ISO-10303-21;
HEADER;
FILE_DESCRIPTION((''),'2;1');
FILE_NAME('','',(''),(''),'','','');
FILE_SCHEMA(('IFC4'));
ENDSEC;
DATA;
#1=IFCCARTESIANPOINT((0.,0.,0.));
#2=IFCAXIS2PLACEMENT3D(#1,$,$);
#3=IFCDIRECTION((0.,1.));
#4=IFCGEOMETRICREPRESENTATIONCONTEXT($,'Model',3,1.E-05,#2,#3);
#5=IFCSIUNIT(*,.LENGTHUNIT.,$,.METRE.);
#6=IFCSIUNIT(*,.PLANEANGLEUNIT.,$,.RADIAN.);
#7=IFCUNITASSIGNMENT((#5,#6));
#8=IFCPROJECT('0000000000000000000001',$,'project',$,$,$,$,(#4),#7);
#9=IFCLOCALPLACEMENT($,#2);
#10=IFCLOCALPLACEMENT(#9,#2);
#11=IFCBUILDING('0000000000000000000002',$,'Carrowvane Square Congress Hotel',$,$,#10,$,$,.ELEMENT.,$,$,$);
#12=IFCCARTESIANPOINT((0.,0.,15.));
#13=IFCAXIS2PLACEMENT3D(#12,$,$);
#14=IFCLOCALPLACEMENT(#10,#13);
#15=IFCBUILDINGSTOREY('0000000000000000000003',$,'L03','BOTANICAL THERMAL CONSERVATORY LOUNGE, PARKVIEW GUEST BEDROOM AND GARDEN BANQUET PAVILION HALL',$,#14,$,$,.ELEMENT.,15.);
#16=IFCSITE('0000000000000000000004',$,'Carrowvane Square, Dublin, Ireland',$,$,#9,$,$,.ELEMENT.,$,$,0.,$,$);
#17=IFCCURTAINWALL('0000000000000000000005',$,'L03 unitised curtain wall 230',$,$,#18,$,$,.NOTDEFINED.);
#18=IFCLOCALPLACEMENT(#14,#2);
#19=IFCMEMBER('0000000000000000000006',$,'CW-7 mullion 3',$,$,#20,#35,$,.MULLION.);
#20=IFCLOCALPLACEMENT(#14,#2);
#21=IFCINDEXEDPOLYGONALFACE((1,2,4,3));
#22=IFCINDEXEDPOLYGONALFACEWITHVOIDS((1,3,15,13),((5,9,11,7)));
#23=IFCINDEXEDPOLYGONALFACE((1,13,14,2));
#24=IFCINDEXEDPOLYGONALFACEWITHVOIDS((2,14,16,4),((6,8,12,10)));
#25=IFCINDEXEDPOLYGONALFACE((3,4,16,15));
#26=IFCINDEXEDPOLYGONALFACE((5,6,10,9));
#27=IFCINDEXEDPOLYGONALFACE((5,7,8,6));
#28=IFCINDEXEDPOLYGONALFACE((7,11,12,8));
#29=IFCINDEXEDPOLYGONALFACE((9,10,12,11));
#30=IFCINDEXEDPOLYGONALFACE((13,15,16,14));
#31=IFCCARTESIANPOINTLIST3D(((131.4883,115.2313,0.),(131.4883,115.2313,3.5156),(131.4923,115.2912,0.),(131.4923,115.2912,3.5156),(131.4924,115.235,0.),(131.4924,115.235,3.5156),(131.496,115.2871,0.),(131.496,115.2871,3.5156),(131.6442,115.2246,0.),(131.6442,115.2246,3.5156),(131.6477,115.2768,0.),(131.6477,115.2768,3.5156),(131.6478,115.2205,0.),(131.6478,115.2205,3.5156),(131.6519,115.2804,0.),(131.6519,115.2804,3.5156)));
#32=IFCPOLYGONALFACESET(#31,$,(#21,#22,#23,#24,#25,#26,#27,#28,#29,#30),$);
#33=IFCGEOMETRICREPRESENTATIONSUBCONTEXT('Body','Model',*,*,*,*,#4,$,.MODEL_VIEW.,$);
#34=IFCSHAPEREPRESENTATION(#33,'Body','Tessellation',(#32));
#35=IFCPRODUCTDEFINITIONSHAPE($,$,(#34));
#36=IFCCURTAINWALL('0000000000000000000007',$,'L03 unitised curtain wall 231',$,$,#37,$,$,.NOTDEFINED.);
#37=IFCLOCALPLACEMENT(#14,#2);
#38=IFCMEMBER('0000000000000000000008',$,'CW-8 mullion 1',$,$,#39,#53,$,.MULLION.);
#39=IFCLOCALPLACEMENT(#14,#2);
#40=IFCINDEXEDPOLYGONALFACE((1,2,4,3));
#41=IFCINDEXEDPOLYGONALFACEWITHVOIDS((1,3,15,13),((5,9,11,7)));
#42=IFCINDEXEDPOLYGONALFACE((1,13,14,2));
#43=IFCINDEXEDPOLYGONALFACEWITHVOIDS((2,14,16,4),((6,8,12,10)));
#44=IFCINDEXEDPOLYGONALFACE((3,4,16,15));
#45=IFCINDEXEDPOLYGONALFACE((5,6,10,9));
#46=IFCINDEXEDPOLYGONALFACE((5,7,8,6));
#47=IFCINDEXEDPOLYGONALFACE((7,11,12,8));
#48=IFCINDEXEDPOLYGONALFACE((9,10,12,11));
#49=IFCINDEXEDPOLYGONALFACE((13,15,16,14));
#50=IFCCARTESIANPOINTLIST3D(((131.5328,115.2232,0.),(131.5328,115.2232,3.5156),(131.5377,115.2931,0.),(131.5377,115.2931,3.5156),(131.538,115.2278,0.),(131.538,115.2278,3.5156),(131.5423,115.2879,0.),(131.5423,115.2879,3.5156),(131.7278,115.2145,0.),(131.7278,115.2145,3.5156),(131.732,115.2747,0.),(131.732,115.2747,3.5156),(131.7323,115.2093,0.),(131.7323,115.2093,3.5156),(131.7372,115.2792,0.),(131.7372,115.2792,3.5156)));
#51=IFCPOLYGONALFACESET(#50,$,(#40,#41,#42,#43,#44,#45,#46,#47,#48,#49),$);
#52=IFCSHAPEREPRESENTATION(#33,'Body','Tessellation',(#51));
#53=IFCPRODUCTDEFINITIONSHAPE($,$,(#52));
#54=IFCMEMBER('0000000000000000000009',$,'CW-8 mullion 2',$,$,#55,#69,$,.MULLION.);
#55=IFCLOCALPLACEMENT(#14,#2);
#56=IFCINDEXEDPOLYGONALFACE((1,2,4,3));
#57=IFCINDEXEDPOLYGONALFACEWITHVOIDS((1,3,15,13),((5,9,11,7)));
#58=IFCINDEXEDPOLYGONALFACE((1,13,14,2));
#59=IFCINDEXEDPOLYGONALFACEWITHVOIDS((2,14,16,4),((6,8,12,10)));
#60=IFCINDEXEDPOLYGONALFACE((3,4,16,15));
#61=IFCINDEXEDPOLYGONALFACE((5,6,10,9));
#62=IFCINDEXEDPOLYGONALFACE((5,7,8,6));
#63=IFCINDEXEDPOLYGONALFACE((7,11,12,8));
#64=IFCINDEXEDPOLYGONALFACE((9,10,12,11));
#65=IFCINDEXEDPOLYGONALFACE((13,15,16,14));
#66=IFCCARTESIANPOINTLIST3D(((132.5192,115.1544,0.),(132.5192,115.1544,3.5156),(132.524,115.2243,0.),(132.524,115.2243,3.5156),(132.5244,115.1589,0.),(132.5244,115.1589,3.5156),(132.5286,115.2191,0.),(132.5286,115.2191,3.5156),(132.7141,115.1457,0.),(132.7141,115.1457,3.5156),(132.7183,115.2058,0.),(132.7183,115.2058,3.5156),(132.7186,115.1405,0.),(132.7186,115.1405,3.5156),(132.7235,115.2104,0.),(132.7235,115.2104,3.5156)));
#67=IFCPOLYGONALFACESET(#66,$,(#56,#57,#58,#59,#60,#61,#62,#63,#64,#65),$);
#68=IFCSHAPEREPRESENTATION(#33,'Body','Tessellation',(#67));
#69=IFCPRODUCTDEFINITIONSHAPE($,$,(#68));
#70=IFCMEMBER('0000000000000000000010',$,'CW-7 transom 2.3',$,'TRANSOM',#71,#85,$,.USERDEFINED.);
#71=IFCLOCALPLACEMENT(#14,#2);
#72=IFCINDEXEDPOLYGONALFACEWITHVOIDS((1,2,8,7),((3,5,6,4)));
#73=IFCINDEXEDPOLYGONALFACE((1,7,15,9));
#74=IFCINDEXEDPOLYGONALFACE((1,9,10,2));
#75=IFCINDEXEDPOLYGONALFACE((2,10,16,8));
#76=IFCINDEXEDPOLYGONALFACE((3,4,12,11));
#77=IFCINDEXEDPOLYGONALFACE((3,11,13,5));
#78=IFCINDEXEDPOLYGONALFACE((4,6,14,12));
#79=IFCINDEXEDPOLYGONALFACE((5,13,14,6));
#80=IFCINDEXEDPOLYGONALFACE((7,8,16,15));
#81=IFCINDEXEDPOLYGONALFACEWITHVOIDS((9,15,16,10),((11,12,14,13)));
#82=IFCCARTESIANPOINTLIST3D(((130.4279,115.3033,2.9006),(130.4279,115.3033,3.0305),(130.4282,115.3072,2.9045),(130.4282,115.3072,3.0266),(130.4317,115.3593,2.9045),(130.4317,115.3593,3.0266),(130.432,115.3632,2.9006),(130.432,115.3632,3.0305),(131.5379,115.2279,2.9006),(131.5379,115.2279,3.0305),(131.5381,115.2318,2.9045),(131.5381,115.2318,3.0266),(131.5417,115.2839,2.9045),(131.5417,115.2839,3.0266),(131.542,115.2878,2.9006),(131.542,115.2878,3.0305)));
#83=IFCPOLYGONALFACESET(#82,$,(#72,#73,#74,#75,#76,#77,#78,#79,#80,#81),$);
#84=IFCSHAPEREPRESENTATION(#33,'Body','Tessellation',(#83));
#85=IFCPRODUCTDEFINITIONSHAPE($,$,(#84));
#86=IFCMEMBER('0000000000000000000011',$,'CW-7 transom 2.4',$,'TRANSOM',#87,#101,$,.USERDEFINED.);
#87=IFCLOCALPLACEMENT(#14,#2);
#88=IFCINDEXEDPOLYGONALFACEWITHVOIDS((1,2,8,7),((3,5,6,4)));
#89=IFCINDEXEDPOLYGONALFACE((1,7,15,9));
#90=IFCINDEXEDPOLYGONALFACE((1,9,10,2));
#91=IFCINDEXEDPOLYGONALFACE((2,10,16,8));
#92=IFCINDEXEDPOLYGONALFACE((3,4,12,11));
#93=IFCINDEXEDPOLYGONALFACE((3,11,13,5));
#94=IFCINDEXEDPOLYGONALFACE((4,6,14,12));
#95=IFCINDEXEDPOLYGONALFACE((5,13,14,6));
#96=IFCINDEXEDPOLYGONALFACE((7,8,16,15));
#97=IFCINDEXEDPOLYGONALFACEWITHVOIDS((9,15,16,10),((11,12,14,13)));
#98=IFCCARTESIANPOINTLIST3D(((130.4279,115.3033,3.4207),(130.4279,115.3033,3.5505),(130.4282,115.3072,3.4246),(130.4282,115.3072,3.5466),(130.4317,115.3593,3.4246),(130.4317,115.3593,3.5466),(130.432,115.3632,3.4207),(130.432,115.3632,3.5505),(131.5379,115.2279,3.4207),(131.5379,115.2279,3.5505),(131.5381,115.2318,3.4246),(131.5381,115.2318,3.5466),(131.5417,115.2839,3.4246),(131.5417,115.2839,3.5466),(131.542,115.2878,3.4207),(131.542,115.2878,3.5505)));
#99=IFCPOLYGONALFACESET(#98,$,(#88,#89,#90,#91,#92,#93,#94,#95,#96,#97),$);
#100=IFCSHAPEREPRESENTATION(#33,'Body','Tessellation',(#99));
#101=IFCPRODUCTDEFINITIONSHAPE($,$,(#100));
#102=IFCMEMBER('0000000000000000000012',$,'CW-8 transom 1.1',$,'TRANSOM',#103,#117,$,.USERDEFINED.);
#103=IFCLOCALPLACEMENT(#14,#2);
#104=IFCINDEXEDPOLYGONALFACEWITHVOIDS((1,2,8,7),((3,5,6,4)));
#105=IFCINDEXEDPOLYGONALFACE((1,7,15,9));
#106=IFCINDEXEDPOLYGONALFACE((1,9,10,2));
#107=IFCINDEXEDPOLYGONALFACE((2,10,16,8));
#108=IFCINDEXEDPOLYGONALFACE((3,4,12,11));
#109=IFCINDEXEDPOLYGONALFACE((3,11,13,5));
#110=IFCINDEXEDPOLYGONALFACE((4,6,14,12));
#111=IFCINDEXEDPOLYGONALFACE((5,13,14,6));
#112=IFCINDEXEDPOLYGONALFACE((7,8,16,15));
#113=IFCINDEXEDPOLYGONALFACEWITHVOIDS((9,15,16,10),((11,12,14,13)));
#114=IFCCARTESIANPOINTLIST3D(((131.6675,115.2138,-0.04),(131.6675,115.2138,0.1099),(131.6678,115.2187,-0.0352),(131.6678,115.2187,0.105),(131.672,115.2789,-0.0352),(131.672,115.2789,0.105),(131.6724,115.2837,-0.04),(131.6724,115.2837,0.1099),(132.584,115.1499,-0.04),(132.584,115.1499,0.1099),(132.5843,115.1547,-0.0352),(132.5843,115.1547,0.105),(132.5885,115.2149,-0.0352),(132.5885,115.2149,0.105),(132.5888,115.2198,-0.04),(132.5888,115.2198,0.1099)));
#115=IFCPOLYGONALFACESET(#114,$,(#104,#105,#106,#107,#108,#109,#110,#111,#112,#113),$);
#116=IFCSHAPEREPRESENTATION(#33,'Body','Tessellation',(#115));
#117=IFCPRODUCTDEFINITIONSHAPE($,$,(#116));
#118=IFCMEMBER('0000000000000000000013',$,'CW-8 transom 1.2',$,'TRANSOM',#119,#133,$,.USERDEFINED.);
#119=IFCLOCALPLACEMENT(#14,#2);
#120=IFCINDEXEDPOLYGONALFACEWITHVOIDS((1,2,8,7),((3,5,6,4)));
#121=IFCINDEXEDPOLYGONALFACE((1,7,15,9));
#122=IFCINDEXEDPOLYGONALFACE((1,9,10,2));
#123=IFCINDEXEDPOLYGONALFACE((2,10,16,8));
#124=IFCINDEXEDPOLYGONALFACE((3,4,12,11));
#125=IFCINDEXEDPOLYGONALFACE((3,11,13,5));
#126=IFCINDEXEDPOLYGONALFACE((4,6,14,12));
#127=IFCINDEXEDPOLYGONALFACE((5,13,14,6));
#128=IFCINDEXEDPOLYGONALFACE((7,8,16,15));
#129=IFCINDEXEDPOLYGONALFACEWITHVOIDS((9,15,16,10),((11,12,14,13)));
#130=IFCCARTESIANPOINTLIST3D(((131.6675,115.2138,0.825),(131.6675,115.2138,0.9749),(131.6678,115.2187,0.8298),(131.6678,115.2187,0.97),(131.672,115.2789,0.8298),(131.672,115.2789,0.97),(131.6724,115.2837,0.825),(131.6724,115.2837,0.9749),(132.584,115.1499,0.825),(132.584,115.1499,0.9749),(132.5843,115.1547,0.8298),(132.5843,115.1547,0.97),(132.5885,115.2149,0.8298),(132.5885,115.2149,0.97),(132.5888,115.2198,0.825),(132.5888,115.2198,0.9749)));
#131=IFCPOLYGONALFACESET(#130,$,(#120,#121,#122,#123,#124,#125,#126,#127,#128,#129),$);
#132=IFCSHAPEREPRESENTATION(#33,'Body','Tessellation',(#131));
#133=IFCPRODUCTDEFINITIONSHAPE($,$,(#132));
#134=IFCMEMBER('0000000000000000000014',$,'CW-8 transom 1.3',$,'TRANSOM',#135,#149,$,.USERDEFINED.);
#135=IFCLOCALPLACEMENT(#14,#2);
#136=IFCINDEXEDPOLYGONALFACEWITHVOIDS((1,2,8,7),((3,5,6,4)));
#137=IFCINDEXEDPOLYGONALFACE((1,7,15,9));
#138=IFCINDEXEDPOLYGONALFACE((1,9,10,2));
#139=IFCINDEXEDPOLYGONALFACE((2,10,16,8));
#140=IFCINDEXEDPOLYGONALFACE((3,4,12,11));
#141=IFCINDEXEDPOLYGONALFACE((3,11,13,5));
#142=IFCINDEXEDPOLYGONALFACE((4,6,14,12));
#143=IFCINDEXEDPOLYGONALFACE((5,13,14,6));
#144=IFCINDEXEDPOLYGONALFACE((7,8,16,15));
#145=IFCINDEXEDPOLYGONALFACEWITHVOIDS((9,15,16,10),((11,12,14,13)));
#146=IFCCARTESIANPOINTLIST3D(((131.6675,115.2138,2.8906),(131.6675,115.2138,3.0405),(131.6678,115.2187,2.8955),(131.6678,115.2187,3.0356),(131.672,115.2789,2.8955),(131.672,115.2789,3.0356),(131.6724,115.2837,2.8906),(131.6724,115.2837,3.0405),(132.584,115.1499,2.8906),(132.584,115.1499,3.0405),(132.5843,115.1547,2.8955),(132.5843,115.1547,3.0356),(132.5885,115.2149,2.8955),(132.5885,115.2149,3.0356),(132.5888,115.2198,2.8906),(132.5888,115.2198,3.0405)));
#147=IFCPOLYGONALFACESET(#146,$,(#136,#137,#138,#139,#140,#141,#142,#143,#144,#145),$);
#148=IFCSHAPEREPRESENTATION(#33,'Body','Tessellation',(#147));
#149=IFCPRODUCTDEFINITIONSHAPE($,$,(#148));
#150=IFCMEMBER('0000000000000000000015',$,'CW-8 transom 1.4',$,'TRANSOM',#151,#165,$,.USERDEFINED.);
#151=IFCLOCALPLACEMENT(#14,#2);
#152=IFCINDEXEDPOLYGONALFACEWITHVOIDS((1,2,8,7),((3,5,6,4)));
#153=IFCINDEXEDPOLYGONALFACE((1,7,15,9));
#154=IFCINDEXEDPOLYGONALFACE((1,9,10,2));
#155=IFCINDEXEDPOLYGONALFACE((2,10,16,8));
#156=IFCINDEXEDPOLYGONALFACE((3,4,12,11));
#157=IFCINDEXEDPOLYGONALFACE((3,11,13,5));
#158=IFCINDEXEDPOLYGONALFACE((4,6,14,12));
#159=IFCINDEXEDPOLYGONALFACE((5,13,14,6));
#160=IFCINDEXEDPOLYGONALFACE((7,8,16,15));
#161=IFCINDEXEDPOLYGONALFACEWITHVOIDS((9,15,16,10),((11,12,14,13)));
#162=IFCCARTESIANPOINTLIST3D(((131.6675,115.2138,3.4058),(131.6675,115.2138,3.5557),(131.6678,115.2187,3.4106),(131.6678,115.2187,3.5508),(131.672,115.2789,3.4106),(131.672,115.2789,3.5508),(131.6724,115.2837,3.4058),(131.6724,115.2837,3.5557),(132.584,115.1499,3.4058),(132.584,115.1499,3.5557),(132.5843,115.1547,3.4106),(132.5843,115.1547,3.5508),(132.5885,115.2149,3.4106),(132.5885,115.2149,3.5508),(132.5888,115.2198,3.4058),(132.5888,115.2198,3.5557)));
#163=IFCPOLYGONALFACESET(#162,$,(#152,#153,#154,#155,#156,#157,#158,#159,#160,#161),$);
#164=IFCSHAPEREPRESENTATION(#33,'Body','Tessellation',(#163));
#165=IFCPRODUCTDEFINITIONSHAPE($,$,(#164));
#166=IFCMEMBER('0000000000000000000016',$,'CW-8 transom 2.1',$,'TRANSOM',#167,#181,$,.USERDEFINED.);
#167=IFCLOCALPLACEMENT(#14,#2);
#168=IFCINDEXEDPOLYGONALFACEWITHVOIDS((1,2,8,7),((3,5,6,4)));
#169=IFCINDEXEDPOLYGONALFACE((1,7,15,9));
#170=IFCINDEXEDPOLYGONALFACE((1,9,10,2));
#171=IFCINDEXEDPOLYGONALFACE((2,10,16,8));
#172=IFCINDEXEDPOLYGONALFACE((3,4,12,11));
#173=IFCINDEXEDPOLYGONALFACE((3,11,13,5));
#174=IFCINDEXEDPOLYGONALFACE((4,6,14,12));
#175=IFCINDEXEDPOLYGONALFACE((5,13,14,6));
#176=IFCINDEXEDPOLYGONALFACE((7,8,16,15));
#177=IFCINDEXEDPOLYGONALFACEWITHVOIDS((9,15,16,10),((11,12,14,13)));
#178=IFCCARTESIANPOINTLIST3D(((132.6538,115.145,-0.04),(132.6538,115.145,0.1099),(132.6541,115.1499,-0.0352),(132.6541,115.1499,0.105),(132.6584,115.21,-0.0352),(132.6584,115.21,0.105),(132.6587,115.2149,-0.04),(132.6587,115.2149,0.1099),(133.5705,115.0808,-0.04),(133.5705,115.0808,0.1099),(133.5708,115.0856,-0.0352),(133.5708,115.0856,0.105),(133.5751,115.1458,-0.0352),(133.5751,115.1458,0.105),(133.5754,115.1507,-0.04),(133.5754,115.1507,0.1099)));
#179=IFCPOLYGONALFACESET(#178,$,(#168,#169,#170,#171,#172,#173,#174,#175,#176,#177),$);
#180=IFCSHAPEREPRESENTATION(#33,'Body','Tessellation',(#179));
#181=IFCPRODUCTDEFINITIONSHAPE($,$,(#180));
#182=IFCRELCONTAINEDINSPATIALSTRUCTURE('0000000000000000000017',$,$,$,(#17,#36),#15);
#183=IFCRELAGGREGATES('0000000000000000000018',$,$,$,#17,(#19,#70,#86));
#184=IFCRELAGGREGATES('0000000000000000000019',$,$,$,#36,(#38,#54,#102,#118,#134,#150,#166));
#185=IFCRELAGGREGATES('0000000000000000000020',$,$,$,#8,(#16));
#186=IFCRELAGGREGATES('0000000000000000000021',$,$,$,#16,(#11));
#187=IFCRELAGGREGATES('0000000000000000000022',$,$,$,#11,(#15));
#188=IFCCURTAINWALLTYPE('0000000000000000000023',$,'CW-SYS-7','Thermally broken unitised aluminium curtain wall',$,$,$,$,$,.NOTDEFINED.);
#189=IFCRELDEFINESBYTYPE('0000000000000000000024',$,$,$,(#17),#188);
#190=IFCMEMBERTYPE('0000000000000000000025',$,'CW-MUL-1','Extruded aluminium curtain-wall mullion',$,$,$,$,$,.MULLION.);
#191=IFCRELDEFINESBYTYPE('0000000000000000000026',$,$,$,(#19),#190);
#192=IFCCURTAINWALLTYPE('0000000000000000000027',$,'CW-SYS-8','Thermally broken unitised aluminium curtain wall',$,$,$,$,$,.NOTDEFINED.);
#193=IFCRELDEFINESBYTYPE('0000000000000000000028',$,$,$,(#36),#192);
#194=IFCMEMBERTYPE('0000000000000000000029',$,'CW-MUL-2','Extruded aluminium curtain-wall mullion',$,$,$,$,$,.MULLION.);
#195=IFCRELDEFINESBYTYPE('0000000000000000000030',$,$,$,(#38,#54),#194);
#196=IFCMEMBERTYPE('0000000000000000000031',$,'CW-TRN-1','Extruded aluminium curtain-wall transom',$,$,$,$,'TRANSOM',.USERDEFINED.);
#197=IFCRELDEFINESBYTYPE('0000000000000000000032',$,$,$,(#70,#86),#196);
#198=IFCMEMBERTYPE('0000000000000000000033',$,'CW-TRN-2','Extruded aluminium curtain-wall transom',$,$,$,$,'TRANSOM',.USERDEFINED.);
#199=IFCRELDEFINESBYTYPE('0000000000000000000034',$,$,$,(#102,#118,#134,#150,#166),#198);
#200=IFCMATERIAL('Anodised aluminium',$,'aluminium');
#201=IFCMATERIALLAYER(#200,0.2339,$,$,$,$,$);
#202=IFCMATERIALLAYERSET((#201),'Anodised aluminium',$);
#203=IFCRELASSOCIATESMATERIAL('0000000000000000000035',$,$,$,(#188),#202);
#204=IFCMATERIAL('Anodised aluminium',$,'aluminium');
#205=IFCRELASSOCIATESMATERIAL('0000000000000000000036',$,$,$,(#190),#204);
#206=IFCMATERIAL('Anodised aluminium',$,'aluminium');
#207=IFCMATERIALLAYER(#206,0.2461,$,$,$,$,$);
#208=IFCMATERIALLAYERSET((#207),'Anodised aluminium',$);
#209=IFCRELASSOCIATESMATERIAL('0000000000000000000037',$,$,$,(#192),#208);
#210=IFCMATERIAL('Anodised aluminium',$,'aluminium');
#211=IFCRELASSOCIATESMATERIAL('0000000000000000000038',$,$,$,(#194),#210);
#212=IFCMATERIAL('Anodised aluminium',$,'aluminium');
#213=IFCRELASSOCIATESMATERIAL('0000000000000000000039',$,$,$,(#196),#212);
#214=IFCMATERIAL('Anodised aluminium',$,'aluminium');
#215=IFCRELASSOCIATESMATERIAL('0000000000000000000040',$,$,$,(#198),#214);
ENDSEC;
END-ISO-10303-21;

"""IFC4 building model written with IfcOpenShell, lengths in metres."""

from ifc_helpers import new_model, si_unit, direction, frame, origin, origin_2d, place, context, subcontext, project, spatial, hollow_rectangle, extrude, material, layer, layer_set, material_profile, profile_set, type_object, element, aggregate, save


model = new_model("IFC4")

# Units and contexts
model_context = context("Model", 3, precision=1e-05, world=origin(), true_north=direction((0.0, 1.0)))
body_context = subcontext(model_context, "Body", "Model", "MODEL_VIEW")
ifc_project = project(units=[si_unit("LENGTHUNIT", "METRE"), si_unit("PLANEANGLEUNIT", "RADIAN")], contexts=[model_context])

# Site, building, storey
site_placement = place(None, origin())
site = spatial("IfcSite", under=ifc_project, at=site_placement, Name="Carrowvane Square, Dublin, Ireland", CompositionType="ELEMENT", RefElevation=0.0)
building_placement = place(site_placement, origin())
building = spatial("IfcBuilding", under=site, at=building_placement, Name="Carrowvane Square Congress Hotel", CompositionType="ELEMENT")
storey_placement = place(building_placement, frame((0.0, 0.0, 15.0)))
storey = spatial("IfcBuildingStorey", under=building, at=storey_placement, Name="L03", Description="BOTANICAL THERMAL CONSERVATORY LOUNGE, PARKVIEW GUEST BEDROOM AND GARDEN BANQUET PAVILION HALL", CompositionType="ELEMENT", Elevation=15.0)

# Curtain wall, member
ifc_material_1 = material(Name="Anodised aluminium", Category="aluminium")
ifc_layer_1 = layer(ifc_material_1, 0.2339)
ifc_layer_set_1 = layer_set([ifc_layer_1], Name="Anodised aluminium")
curtain_wall_type_1 = type_object("IfcCurtainWallType", Name="CW-SYS-7", Description="Thermally broken unitised aluminium curtain wall", PredefinedType="NOTDEFINED", material=ifc_layer_set_1)
curtain_wall_1_placement = place(storey_placement, origin())
curtain_wall_1 = element("IfcCurtainWall", 1, at=curtain_wall_1_placement, inside=storey, type_object=curtain_wall_type_1, Name="L03 unitised curtain wall 230", PredefinedType="NOTDEFINED")
ifc_material_2 = material(Name="Anodised aluminium", Category="aluminium")
ifc_material_profile_1 = material_profile(ifc_material_2, hollow_rectangle(XDim=0.0601, YDim=0.1599, WallThickness=0.0039, at=origin_2d()), Name="CW-ML 60x160x4")
ifc_profile_set_1 = profile_set([ifc_material_profile_1], Name="Anodised aluminium")
member_type_1 = type_object("IfcMemberType", Name="CW-MUL-1", Description="Extruded aluminium curtain-wall mullion", PredefinedType="MULLION", material=ifc_profile_set_1)
member_1_placement = place(storey_placement, frame((131.5701, 115.2559, 0.0), z_axis=(0.0, 0.0, 1.0), x_axis=(0.06787, 0.997694, 0.0)))
member_1 = element("IfcMember", 2, at=member_1_placement, type_object=member_type_1, Name="CW-7 mullion 3", PredefinedType="MULLION", context=body_context, shape_type="SweptSolid", body=[
    extrude(hollow_rectangle(XDim=0.0601, YDim=0.1599, WallThickness=0.0039, at=origin_2d()), origin(), (0.0, 0.0, 1.0), 3.5156),
])

# Curtain wall, members
ifc_material_3 = material(Name="Anodised aluminium", Category="aluminium")
ifc_layer_2 = layer(ifc_material_3, 0.2461)
ifc_layer_set_2 = layer_set([ifc_layer_2], Name="Anodised aluminium")
curtain_wall_type_2 = type_object("IfcCurtainWallType", Name="CW-SYS-8", Description="Thermally broken unitised aluminium curtain wall", PredefinedType="NOTDEFINED", material=ifc_layer_set_2)
curtain_wall_2_placement = place(storey_placement, origin())
curtain_wall_2 = element("IfcCurtainWall", 3, at=curtain_wall_2_placement, inside=storey, type_object=curtain_wall_type_2, Name="L03 unitised curtain wall 231", PredefinedType="NOTDEFINED")
ifc_material_4 = material(Name="Anodised aluminium", Category="aluminium")
ifc_material_profile_2 = material_profile(ifc_material_4, hollow_rectangle(XDim=0.0701, YDim=0.2, WallThickness=0.0049, at=origin_2d()), Name="CW-ML 70x200x5")
ifc_profile_set_2 = profile_set([ifc_material_profile_2], Name="Anodised aluminium")
member_type_2 = type_object("IfcMemberType", Name="CW-MUL-2", Description="Extruded aluminium curtain-wall mullion", PredefinedType="MULLION", material=ifc_profile_set_2)
member_2_placement = place(storey_placement, frame((131.635, 115.2512, 0.0), z_axis=(0.0, 0.0, 1.0), x_axis=(0.069727, 0.997566, 0.0)))
member_2 = element("IfcMember", 4, at=member_2_placement, type_object=member_type_2, Name="CW-8 mullion 1", PredefinedType="MULLION", context=body_context, shape_type="SweptSolid", body=[
    extrude(hollow_rectangle(XDim=0.0701, YDim=0.2, WallThickness=0.0049, at=origin_2d()), origin(), (0.0, 0.0, 1.0), 3.5156),
])
member_3_placement = place(storey_placement, frame((132.6213, 115.1824, 0.0), z_axis=(0.0, 0.0, 1.0), x_axis=(0.069727, 0.997566, 0.0)))
member_3 = element("IfcMember", 5, at=member_3_placement, type_object=member_type_2, Name="CW-8 mullion 2", PredefinedType="MULLION", context=body_context, shape_type="SweptSolid", body=[
    extrude(hollow_rectangle(XDim=0.0701, YDim=0.2, WallThickness=0.0049, at=origin_2d()), origin(), (0.0, 0.0, 1.0), 3.5156),
])

# Members
ifc_material_5 = material(Name="Anodised aluminium", Category="aluminium")
ifc_material_profile_3 = material_profile(ifc_material_5, hollow_rectangle(XDim=0.0601, YDim=0.1299, WallThickness=0.0039, at=origin_2d()), Name="CW-TR 60x130x4")
ifc_profile_set_3 = profile_set([ifc_material_profile_3], Name="Anodised aluminium")
member_type_3 = type_object("IfcMemberType", Name="CW-TRN-1", Description="Extruded aluminium curtain-wall transom", ElementType="TRANSOM", PredefinedType="USERDEFINED", material=ifc_profile_set_3)
member_4_placement = place(storey_placement, frame((130.4299, 115.3333, 2.9656), z_axis=(0.997699, -0.067801, 0.0), x_axis=(0.067801, 0.997699, 0.0)))
member_4 = element("IfcMember", 6, at=member_4_placement, type_object=member_type_3, Name="CW-7 transom 2.3", ObjectType="TRANSOM", PredefinedType="USERDEFINED", context=body_context, shape_type="SweptSolid", body=[
    extrude(hollow_rectangle(XDim=0.0601, YDim=0.1299, WallThickness=0.0039, at=origin_2d()), origin(), (0.0, 0.0, 1.0), 1.1125),
])
member_5_placement = place(storey_placement, frame((130.4299, 115.3333, 3.4856), z_axis=(0.997699, -0.067801, 0.0), x_axis=(0.067801, 0.997699, 0.0)))
member_5 = element("IfcMember", 7, at=member_5_placement, type_object=member_type_3, Name="CW-7 transom 2.4", ObjectType="TRANSOM", PredefinedType="USERDEFINED", context=body_context, shape_type="SweptSolid", body=[
    extrude(hollow_rectangle(XDim=0.0601, YDim=0.1299, WallThickness=0.0039, at=origin_2d()), origin(), (0.0, 0.0, 1.0), 1.1125),
])
ifc_material_6 = material(Name="Anodised aluminium", Category="aluminium")
ifc_material_profile_4 = material_profile(ifc_material_6, hollow_rectangle(XDim=0.0701, YDim=0.1499, WallThickness=0.0049, at=origin_2d()), Name="CW-TR 70x150x5")
ifc_profile_set_4 = profile_set([ifc_material_profile_4], Name="Anodised aluminium")
member_type_4 = type_object("IfcMemberType", Name="CW-TRN-2", Description="Extruded aluminium curtain-wall transom", ElementType="TRANSOM", PredefinedType="USERDEFINED", material=ifc_profile_set_4)
member_6_placement = place(storey_placement, frame((131.6699, 115.2488, 0.0349), z_axis=(0.997573, -0.069623, 0.0), x_axis=(0.069623, 0.997573, 0.0)))
member_6 = element("IfcMember", 8, at=member_6_placement, type_object=member_type_4, Name="CW-8 transom 1.1", ObjectType="TRANSOM", PredefinedType="USERDEFINED", context=body_context, shape_type="SweptSolid", body=[
    extrude(hollow_rectangle(XDim=0.0701, YDim=0.1499, WallThickness=0.0049, at=origin_2d()), origin(), (0.0, 0.0, 1.0), 0.9187),
])
member_7_placement = place(storey_placement, frame((131.6699, 115.2488, 0.8999), z_axis=(0.997573, -0.069623, 0.0), x_axis=(0.069623, 0.997573, 0.0)))
member_7 = element("IfcMember", 9, at=member_7_placement, type_object=member_type_4, Name="CW-8 transom 1.2", ObjectType="TRANSOM", PredefinedType="USERDEFINED", context=body_context, shape_type="SweptSolid", body=[
    extrude(hollow_rectangle(XDim=0.0701, YDim=0.1499, WallThickness=0.0049, at=origin_2d()), origin(), (0.0, 0.0, 1.0), 0.9187),
])
member_8_placement = place(storey_placement, frame((131.6699, 115.2488, 2.9656), z_axis=(0.997573, -0.069623, 0.0), x_axis=(0.069623, 0.997573, 0.0)))
member_8 = element("IfcMember", 10, at=member_8_placement, type_object=member_type_4, Name="CW-8 transom 1.3", ObjectType="TRANSOM", PredefinedType="USERDEFINED", context=body_context, shape_type="SweptSolid", body=[
    extrude(hollow_rectangle(XDim=0.0701, YDim=0.1499, WallThickness=0.0049, at=origin_2d()), origin(), (0.0, 0.0, 1.0), 0.9187),
])
member_9_placement = place(storey_placement, frame((131.6699, 115.2488, 3.4807), z_axis=(0.997573, -0.069623, 0.0), x_axis=(0.069623, 0.997573, 0.0)))
member_9 = element("IfcMember", 11, at=member_9_placement, type_object=member_type_4, Name="CW-8 transom 1.4", ObjectType="TRANSOM", PredefinedType="USERDEFINED", context=body_context, shape_type="SweptSolid", body=[
    extrude(hollow_rectangle(XDim=0.0701, YDim=0.1499, WallThickness=0.0049, at=origin_2d()), origin(), (0.0, 0.0, 1.0), 0.9187),
])
member_10_placement = place(storey_placement, frame((132.6562, 115.1799, 0.0349), z_axis=(0.997556, -0.069869, 0.0), x_axis=(0.069869, 0.997556, 0.0)))
member_10 = element("IfcMember", 12, at=member_10_placement, type_object=member_type_4, Name="CW-8 transom 2.1", ObjectType="TRANSOM", PredefinedType="USERDEFINED", context=body_context, shape_type="SweptSolid", body=[
    extrude(hollow_rectangle(XDim=0.0701, YDim=0.1499, WallThickness=0.0049, at=origin_2d()), origin(), (0.0, 0.0, 1.0), 0.9189),
])

aggregate(curtain_wall_1, [member_1, member_4, member_5])
aggregate(curtain_wall_2, [member_2, member_3, member_6, member_7, member_8, member_9, member_10])

save(model, "model.ifc")
